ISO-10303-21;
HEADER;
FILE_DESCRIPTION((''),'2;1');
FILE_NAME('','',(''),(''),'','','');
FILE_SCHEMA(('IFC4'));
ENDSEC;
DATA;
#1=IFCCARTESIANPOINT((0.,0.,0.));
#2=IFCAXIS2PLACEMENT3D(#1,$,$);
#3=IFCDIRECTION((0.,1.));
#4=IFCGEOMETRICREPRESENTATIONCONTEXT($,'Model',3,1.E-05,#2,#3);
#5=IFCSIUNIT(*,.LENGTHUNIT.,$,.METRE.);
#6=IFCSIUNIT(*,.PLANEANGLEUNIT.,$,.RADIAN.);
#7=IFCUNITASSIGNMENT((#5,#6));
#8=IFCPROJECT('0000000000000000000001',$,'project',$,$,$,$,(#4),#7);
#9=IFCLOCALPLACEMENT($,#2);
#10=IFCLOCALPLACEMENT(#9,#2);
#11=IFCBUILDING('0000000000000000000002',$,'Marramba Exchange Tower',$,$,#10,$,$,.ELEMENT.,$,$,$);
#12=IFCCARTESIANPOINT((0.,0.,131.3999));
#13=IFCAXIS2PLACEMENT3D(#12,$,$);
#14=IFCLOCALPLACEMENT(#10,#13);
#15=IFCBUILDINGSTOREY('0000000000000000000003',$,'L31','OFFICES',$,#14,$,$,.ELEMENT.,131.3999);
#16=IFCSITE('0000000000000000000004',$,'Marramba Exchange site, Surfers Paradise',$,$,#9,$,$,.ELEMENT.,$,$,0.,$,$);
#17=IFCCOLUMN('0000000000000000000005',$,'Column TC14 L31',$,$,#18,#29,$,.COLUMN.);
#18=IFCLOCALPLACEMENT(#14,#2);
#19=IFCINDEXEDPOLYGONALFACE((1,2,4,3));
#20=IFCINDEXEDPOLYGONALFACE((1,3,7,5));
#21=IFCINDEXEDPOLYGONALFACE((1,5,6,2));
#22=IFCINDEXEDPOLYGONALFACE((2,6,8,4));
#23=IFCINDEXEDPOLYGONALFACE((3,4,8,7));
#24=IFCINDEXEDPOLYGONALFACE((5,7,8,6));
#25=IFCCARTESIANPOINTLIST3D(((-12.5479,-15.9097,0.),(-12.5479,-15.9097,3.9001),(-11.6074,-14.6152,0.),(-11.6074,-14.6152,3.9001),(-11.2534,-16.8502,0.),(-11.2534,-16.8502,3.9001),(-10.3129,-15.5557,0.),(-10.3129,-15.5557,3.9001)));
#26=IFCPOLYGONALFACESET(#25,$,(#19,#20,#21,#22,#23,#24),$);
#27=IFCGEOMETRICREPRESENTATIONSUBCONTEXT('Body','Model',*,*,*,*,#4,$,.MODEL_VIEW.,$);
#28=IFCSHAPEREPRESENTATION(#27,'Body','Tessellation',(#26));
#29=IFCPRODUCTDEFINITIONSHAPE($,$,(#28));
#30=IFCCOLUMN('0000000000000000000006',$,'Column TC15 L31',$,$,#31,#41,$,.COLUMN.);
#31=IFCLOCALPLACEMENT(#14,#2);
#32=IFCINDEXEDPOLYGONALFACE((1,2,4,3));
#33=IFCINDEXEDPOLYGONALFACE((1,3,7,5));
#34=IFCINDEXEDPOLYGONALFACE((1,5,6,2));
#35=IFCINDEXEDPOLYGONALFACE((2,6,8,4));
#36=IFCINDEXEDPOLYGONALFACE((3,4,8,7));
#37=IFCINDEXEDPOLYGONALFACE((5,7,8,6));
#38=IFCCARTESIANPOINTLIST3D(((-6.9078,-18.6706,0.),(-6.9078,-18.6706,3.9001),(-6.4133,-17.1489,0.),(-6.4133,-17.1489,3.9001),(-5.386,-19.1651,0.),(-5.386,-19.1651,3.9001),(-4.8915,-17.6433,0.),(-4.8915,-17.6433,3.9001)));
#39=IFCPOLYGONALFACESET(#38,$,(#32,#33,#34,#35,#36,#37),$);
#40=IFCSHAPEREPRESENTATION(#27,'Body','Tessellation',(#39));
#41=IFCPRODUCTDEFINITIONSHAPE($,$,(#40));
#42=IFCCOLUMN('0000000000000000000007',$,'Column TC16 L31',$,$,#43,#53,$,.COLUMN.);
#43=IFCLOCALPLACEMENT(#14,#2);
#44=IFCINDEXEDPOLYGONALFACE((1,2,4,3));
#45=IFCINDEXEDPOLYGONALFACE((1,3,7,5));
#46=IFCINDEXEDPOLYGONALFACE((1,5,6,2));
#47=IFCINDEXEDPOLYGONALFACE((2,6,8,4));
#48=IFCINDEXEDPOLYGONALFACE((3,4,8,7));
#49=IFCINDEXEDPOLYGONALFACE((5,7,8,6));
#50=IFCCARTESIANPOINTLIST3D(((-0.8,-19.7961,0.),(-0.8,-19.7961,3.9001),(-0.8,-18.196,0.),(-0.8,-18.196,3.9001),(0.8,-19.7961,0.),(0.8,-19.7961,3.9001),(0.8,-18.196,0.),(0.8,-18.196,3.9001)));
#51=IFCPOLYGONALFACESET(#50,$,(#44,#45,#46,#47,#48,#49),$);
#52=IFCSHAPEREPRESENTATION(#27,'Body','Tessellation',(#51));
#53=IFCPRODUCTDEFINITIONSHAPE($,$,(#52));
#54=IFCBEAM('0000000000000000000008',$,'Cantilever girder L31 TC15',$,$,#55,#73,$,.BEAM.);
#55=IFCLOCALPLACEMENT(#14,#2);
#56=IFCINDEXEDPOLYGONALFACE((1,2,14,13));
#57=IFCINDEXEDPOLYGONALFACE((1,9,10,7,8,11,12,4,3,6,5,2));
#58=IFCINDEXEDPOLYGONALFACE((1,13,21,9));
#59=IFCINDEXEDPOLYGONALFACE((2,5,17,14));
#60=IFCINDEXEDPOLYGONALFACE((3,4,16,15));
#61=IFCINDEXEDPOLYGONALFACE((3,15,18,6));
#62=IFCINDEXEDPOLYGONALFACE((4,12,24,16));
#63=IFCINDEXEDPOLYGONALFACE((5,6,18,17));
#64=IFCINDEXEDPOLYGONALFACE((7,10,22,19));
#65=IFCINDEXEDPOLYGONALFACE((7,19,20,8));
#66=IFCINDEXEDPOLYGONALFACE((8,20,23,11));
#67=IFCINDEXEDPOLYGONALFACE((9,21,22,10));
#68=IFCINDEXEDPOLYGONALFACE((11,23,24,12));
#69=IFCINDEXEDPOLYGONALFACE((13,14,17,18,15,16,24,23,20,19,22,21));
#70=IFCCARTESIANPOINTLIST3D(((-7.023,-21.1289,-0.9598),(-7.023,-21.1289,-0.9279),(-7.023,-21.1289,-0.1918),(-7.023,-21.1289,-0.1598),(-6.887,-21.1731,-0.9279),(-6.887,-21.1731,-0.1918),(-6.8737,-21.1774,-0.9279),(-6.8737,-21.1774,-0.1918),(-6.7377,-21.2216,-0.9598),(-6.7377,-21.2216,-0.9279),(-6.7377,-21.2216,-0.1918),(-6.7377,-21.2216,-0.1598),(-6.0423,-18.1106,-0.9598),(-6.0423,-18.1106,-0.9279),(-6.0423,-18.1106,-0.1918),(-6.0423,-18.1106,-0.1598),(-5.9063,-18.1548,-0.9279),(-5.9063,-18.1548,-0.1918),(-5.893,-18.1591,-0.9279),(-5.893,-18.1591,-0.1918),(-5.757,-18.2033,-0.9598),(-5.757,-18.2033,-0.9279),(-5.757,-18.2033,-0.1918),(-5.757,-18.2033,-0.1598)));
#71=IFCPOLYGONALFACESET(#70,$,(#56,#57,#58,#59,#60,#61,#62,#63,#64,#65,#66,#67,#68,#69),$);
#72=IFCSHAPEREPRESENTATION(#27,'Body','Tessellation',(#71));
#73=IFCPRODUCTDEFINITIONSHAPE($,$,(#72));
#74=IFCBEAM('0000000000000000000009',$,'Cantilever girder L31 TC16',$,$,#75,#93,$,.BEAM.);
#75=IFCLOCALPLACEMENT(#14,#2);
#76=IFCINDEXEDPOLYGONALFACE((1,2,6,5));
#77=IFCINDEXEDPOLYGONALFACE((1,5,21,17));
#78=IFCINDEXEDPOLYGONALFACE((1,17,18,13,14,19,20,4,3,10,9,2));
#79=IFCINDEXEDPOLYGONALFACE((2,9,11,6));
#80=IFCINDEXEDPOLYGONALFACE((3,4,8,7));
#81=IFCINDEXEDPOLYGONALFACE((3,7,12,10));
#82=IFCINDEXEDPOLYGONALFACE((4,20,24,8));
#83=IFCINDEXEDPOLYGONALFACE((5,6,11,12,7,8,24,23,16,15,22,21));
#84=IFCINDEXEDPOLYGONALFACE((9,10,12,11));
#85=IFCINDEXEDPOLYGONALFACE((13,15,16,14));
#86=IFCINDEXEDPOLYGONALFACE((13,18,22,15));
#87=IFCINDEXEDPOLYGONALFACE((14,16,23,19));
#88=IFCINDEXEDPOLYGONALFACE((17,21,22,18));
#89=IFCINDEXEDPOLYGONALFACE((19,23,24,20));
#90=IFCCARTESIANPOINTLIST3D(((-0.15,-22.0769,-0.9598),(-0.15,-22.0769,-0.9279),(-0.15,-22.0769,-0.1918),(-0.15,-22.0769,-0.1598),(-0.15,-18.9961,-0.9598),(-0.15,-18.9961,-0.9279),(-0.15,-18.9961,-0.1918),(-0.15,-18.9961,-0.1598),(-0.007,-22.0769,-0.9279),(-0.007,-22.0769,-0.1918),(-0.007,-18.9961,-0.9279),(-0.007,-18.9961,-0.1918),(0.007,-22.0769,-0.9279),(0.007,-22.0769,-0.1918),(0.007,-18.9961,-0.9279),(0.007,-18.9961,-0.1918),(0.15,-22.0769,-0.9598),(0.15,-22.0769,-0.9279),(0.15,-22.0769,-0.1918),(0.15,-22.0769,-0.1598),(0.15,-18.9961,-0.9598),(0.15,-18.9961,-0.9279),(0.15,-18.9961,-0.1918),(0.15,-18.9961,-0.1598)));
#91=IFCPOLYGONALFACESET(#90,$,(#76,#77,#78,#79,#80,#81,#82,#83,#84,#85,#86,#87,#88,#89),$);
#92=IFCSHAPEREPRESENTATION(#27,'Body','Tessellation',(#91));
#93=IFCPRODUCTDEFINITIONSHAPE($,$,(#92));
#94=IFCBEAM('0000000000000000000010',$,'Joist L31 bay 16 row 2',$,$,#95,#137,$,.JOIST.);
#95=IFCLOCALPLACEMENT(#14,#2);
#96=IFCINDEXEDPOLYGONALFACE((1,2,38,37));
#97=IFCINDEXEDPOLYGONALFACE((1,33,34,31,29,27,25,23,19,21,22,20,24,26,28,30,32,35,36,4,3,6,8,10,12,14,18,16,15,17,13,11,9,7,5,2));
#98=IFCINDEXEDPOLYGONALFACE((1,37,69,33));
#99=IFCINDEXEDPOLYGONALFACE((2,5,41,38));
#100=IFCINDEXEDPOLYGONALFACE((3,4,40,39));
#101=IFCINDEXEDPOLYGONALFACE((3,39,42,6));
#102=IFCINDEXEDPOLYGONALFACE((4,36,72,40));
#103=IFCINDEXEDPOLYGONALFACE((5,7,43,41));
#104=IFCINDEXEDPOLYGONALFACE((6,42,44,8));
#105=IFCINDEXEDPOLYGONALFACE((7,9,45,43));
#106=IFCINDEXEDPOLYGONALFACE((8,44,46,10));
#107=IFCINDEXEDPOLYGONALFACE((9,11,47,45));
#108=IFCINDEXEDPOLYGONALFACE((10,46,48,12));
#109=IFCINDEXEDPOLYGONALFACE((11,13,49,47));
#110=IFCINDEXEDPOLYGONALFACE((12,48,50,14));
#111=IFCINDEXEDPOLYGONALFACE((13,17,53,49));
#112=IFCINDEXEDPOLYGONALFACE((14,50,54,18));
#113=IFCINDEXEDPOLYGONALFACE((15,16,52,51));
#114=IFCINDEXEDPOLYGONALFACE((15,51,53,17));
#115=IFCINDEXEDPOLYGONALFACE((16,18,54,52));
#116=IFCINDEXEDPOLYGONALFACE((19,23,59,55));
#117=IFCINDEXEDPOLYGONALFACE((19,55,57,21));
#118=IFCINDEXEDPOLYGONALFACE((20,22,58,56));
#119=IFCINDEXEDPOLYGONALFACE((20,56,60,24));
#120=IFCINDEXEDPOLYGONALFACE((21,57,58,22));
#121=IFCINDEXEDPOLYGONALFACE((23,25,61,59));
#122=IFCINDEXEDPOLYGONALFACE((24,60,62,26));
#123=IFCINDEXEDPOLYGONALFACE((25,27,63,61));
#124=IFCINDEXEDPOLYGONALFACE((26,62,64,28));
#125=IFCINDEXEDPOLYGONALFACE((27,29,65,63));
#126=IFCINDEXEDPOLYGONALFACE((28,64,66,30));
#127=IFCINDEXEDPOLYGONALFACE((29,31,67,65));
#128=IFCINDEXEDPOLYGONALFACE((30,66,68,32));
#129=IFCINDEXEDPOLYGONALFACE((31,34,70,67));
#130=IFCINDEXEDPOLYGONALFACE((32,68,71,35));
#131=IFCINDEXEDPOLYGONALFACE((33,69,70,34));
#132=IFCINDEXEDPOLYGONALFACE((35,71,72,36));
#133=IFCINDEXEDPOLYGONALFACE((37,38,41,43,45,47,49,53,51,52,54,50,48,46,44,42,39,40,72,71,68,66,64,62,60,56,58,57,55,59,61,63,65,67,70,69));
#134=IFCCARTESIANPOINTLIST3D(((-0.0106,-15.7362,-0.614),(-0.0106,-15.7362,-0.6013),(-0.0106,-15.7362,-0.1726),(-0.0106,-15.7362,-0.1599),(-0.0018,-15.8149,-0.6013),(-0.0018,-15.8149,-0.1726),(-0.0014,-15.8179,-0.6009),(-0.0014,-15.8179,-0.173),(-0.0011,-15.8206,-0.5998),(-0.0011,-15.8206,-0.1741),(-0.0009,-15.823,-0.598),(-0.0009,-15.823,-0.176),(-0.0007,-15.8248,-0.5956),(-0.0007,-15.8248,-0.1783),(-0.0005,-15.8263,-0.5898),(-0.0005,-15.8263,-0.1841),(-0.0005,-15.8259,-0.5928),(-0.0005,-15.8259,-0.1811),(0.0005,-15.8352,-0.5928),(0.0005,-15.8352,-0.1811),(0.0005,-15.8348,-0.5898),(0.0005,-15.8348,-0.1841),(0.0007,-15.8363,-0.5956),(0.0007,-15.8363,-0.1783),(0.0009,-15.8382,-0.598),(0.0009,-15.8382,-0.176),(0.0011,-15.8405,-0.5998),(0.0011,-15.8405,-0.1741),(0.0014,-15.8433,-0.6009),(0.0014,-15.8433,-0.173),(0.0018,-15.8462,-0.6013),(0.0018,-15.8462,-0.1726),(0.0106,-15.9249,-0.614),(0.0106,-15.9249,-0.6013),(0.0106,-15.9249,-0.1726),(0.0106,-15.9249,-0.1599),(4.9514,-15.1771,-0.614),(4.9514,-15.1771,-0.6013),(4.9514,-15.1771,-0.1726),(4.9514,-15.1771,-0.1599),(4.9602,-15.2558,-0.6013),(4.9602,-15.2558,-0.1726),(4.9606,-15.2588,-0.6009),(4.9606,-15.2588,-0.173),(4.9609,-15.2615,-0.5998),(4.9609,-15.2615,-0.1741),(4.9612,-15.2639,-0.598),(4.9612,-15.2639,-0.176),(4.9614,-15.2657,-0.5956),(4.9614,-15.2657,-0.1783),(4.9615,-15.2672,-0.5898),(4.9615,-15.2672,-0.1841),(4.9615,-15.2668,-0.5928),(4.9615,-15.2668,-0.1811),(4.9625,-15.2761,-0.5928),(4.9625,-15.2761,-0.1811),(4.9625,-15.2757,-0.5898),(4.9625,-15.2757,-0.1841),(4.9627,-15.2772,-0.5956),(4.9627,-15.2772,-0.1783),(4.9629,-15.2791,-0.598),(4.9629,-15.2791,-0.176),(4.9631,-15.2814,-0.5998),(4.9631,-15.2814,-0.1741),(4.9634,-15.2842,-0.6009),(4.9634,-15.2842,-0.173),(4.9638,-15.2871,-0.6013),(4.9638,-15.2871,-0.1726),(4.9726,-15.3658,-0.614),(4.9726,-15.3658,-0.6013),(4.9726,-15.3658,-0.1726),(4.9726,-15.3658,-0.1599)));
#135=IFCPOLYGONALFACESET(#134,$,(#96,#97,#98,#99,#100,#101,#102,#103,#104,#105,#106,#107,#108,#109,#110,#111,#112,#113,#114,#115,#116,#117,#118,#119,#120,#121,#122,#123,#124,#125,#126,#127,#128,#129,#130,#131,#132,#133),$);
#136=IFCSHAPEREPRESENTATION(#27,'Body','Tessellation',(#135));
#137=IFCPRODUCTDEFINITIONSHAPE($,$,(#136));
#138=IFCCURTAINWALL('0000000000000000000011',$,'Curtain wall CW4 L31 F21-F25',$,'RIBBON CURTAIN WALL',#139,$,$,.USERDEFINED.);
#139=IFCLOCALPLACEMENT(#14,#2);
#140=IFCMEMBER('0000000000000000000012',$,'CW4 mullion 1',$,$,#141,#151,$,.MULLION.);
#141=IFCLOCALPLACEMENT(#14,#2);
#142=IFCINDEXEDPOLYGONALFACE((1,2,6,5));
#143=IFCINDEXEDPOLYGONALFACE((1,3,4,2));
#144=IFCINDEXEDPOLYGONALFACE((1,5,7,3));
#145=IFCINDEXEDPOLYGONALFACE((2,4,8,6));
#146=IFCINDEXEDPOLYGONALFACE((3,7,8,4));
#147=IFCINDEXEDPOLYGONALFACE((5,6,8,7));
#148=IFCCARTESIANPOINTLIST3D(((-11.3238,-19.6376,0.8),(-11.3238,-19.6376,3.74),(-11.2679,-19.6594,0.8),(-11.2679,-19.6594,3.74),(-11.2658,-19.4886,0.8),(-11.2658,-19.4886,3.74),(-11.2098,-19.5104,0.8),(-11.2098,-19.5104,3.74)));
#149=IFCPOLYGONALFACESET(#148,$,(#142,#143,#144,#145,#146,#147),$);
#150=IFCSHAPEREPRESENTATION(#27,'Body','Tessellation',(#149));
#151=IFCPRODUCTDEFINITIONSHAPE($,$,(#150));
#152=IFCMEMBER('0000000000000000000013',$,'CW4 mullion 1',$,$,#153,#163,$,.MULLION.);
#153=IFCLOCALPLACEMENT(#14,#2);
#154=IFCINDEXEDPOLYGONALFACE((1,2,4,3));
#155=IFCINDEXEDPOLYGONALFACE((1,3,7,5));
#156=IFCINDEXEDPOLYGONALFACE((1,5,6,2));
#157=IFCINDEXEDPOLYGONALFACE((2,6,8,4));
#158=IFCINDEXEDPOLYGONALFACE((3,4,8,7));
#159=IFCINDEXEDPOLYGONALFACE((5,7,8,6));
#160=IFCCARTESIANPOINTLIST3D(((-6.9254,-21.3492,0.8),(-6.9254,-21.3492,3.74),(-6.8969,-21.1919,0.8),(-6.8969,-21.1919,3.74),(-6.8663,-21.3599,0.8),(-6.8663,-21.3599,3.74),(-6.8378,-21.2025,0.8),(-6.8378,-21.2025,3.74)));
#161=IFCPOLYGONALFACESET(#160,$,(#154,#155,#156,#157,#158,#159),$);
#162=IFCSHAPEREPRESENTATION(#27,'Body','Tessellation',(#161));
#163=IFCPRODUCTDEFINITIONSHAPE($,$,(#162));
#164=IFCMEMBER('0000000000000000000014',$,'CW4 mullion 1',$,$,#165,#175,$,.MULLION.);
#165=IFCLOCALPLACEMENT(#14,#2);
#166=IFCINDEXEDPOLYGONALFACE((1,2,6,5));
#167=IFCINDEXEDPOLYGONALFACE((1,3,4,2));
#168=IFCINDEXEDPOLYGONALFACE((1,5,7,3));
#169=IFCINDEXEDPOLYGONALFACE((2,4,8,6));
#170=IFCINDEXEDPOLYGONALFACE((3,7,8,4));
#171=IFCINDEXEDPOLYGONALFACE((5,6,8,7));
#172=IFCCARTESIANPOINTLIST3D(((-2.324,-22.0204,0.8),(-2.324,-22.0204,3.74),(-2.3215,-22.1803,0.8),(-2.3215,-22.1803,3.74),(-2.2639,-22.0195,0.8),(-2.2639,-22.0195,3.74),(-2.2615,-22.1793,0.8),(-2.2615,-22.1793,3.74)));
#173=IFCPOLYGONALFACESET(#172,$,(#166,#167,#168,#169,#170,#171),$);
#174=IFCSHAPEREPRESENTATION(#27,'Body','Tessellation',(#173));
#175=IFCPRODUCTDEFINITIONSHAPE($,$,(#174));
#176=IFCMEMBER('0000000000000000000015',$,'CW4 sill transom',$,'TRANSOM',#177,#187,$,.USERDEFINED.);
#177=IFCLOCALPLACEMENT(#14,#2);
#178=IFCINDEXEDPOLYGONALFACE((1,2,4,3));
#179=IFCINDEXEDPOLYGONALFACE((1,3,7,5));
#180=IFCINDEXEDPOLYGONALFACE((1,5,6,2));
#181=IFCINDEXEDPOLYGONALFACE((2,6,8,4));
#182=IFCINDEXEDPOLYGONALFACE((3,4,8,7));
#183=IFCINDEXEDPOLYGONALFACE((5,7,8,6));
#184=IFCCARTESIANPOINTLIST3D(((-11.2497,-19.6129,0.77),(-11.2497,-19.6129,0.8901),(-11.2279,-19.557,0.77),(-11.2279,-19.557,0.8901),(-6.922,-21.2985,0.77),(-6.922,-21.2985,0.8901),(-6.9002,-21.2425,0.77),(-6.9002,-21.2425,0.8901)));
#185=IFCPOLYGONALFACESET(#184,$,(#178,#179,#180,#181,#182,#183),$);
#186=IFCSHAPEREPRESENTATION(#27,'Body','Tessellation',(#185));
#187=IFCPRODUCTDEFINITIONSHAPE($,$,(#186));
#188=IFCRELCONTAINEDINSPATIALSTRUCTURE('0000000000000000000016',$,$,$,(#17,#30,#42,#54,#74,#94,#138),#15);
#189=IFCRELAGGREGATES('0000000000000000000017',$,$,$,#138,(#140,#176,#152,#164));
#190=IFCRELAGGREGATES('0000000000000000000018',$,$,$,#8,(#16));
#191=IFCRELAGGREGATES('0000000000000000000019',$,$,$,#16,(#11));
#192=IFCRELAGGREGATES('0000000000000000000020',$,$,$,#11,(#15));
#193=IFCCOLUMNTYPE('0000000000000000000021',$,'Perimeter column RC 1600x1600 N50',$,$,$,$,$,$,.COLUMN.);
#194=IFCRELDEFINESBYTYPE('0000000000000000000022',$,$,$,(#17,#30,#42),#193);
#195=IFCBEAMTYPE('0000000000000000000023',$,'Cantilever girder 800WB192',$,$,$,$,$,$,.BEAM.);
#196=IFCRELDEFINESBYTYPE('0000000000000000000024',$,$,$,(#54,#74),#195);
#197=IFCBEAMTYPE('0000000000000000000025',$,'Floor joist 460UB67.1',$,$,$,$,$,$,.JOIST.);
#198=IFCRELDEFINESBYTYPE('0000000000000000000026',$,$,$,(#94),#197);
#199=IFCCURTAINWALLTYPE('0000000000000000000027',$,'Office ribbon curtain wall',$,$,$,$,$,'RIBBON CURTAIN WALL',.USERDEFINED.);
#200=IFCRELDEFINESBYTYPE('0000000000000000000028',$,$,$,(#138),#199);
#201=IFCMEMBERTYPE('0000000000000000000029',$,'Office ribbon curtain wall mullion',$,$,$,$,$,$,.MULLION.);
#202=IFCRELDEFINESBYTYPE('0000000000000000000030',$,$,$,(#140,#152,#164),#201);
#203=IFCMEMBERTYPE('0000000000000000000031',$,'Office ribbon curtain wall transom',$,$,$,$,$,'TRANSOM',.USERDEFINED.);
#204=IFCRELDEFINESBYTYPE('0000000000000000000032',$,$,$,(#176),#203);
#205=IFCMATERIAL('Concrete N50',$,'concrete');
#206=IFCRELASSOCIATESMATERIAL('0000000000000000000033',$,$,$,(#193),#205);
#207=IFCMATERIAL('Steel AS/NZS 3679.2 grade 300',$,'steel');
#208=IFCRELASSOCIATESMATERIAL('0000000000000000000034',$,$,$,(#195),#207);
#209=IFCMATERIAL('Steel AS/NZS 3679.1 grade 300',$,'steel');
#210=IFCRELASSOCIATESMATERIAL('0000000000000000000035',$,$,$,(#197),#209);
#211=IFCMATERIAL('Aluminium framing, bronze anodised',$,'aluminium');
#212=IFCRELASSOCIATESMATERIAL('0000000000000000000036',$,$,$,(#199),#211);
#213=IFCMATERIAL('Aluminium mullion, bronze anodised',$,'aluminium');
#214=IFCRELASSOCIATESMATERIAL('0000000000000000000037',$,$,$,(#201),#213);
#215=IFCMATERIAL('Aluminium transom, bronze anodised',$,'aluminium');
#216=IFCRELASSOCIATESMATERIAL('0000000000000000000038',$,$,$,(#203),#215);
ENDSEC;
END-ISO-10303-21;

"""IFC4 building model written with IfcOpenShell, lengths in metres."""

from ifc_helpers import new_model, si_unit, direction, frame, origin, origin_2d, place, context, subcontext, project, spatial, rectangle, i_section, extrude, material, material_profile, profile_set, type_object, element, aggregate, save


model = new_model("IFC4")

# Units and contexts
model_context = context("Model", 3, precision=1e-05, world=origin(), true_north=direction((0.0, 1.0)))
body_context = subcontext(model_context, "Body", "Model", "MODEL_VIEW")
ifc_project = project(units=[si_unit("LENGTHUNIT", "METRE"), si_unit("PLANEANGLEUNIT", "RADIAN")], contexts=[model_context])

# Site, building, storey
site_placement = place(None, origin())
site = spatial("IfcSite", under=ifc_project, at=site_placement, Name="Marramba Exchange site, Surfers Paradise", CompositionType="ELEMENT", RefElevation=0.0)
building_placement = place(site_placement, origin())
building = spatial("IfcBuilding", under=site, at=building_placement, Name="Marramba Exchange Tower", CompositionType="ELEMENT")
storey_placement = place(building_placement, frame((0.0, 0.0, 131.3999)))
storey = spatial("IfcBuildingStorey", under=building, at=storey_placement, Name="L31", Description="OFFICES", CompositionType="ELEMENT", Elevation=131.3999)

# Columns
ifc_material_1 = material(Name="Concrete N50", Category="concrete")
ifc_material_profile_1 = material_profile(ifc_material_1, rectangle(XDim=1.6001, YDim=1.6001, at=origin_2d()), Name="RC 1600x1600")
ifc_profile_set_1 = profile_set([ifc_material_profile_1], Name="Concrete N50")
column_type = type_object("IfcColumnType", Name="Perimeter column RC 1600x1600 N50", PredefinedType="COLUMN", material=ifc_profile_set_1)
for number, where, z_axis, x_axis, name in (
    (1, (-11.4304, -15.7327, 0.0), (0.0, 0.0, 1.0), (-0.587785, -0.809017, 0.0), "Column TC14 L31"),
    (2, (-5.8997, -18.157, 0.0), (0.0, 0.0, 1.0), (-0.309017, -0.951057, 0.0), "Column TC15 L31"),
    (3, (0.0, -18.9961, 0.0), (0.0, 0.0, 1.0), (0.0, -1.0, 0.0), "Column TC16 L31"),
):
    element("IfcColumn", number, at=place(storey_placement, frame(where, z_axis=z_axis, x_axis=x_axis)), inside=storey, type_object=column_type, Name=name, PredefinedType="COLUMN", context=body_context, shape_type="SweptSolid", body=[
        extrude(rectangle(XDim=1.6001, YDim=1.6001, at=origin_2d()), origin(), (0.0, 0.0, 1.0), 3.9001),
    ])

# Beams
ifc_material_2 = material(Name="Steel AS/NZS 3679.2 grade 300", Category="steel")
ifc_material_profile_2 = material_profile(ifc_material_2, i_section(OverallWidth=0.3, OverallDepth=0.8, WebThickness=0.0139, FlangeThickness=0.032, at=origin_2d()), Name="800WB192")
ifc_profile_set_2 = profile_set([ifc_material_profile_2], Name="Steel AS/NZS 3679.2 grade 300")
beam_type_1 = type_object("IfcBeamType", Name="Cantilever girder 800WB192", PredefinedType="BEAM", material=ifc_profile_set_2)
beam_1_placement = place(storey_placement, frame((-5.8997, -18.157, -0.5598), z_axis=(-0.309018, -0.951056, 0.0), x_axis=(0.951056, -0.309018, 0.0)))
element("IfcBeam", 4, at=beam_1_placement, inside=storey, type_object=beam_type_1, Name="Cantilever girder L31 TC15", PredefinedType="BEAM", context=body_context, shape_type="SweptSolid", body=[
    extrude(i_section(OverallWidth=0.3, OverallDepth=0.8, WebThickness=0.0139, FlangeThickness=0.032, at=origin_2d()), origin(), (0.0, 0.0, 1.0), 3.1736),
])
beam_2_placement = place(storey_placement, frame((0.0, -18.9961, -0.5598), z_axis=(0.0, -1.0, 0.0), x_axis=(1.0, 0.0, 0.0)))
element("IfcBeam", 5, at=beam_2_placement, inside=storey, type_object=beam_type_1, Name="Cantilever girder L31 TC16", PredefinedType="BEAM", context=body_context, shape_type="SweptSolid", body=[
    extrude(i_section(OverallWidth=0.3, OverallDepth=0.8, WebThickness=0.0139, FlangeThickness=0.032, at=origin_2d()), origin(), (0.0, 0.0, 1.0), 3.0808),
])
ifc_material_3 = material(Name="Steel AS/NZS 3679.1 grade 300", Category="steel")
ifc_material_profile_3 = material_profile(ifc_material_3, i_section(OverallWidth=0.1899, OverallDepth=0.4541, WebThickness=0.0085, FlangeThickness=0.0127, FilletRadius=0.0115, at=origin_2d()), Name="460UB67.1")
ifc_profile_set_3 = profile_set([ifc_material_profile_3], Name="Steel AS/NZS 3679.1 grade 300")
beam_type_2 = type_object("IfcBeamType", Name="Floor joist 460UB67.1", PredefinedType="JOIST", material=ifc_profile_set_3)
beam_3_placement = place(storey_placement, frame((0.0, -15.8306, -0.387), z_axis=(0.993712, 0.111966, 0.0), x_axis=(-0.111966, 0.993712, 0.0)))
element("IfcBeam", 6, at=beam_3_placement, inside=storey, type_object=beam_type_2, Name="Joist L31 bay 16 row 2", PredefinedType="JOIST", context=body_context, shape_type="SweptSolid", body=[
    extrude(i_section(OverallWidth=0.1899, OverallDepth=0.4541, WebThickness=0.0085, FlangeThickness=0.0127, FilletRadius=0.0115, at=origin_2d()), origin(), (0.0, 0.0, 1.0), 4.9934),
])

# Curtain wall, members
ifc_material_4 = material(Name="Aluminium framing, bronze anodised", Category="aluminium")
curtain_wall_type = type_object("IfcCurtainWallType", Name="Office ribbon curtain wall", ElementType="RIBBON CURTAIN WALL", PredefinedType="USERDEFINED", material=ifc_material_4)
curtain_wall_placement = place(storey_placement, origin())
curtain_wall = element("IfcCurtainWall", 7, at=curtain_wall_placement, inside=storey, type_object=curtain_wall_type, Name="Curtain wall CW4 L31 F21-F25", ObjectType="RIBBON CURTAIN WALL", PredefinedType="USERDEFINED")
ifc_material_5 = material(Name="Aluminium mullion, bronze anodised", Category="aluminium")
ifc_material_profile_4 = material_profile(ifc_material_5, rectangle(XDim=0.1599, YDim=0.0601, at=origin_2d()), Name="CW4 mullion 60x160")
ifc_profile_set_4 = profile_set([ifc_material_profile_4], Name="Aluminium mullion, bronze anodised")
member_type_1 = type_object("IfcMemberType", Name="Office ribbon curtain wall mullion", PredefinedType="MULLION", material=ifc_profile_set_4)
member_1_placement = place(storey_placement, frame((-11.2668, -19.574, 0.8), z_axis=(0.0, 0.0, 1.0), x_axis=(0.362925, 0.931818, 0.0)))
member_1 = element("IfcMember", 8, at=member_1_placement, type_object=member_type_1, Name="CW4 mullion 1", PredefinedType="MULLION", context=body_context, shape_type="SweptSolid", body=[
    extrude(rectangle(XDim=0.1599, YDim=0.0601, at=origin_2d()), origin(), (0.0, 0.0, 1.0), 2.9399),
])
member_2_placement = place(storey_placement, frame((-6.8816, -21.2759, 0.8), z_axis=(0.0, 0.0, 1.0), x_axis=(0.177992, 0.984032, 0.0)))
member_2 = element("IfcMember", 9, at=member_2_placement, type_object=member_type_1, Name="CW4 mullion 1", PredefinedType="MULLION", context=body_context, shape_type="SweptSolid", body=[
    extrude(rectangle(XDim=0.1599, YDim=0.0601, at=origin_2d()), origin(), (0.0, 0.0, 1.0), 2.9399),
])
member_3_placement = place(storey_placement, frame((-2.2927, -22.0999, 0.8), z_axis=(0.0, 0.0, 1.0), x_axis=(-0.015179, 0.999885, 0.0)))
member_3 = element("IfcMember", 10, at=member_3_placement, type_object=member_type_1, Name="CW4 mullion 1", PredefinedType="MULLION", context=body_context, shape_type="SweptSolid", body=[
    extrude(rectangle(XDim=0.1599, YDim=0.0601, at=origin_2d()), origin(), (0.0, 0.0, 1.0), 2.9399),
])
ifc_material_6 = material(Name="Aluminium transom, bronze anodised", Category="aluminium")
ifc_material_profile_5 = material_profile(ifc_material_6, rectangle(XDim=0.0601, YDim=0.1201, at=origin_2d()), Name="CW4 transom 60x120")
ifc_profile_set_5 = profile_set([ifc_material_profile_5], Name="Aluminium transom, bronze anodised")
member_type_2 = type_object("IfcMemberType", Name="Office ribbon curtain wall transom", ElementType="TRANSOM", PredefinedType="USERDEFINED", material=ifc_profile_set_5)
member_4_placement = place(storey_placement, frame((-11.2388, -19.585, 0.8301), z_axis=(0.931817, -0.362928, 0.0), x_axis=(0.362928, 0.931817, 0.0)))
member_4 = element("IfcMember", 11, at=member_4_placement, type_object=member_type_2, Name="CW4 sill transom", ObjectType="TRANSOM", PredefinedType="USERDEFINED", context=body_context, shape_type="SweptSolid", body=[
    extrude(rectangle(XDim=0.0601, YDim=0.1201, at=origin_2d()), origin(), (0.0, 0.0, 1.0), 4.6443),
])

aggregate(curtain_wall, [member_1, member_4, member_2, member_3])

save(model, "model.ifc")
